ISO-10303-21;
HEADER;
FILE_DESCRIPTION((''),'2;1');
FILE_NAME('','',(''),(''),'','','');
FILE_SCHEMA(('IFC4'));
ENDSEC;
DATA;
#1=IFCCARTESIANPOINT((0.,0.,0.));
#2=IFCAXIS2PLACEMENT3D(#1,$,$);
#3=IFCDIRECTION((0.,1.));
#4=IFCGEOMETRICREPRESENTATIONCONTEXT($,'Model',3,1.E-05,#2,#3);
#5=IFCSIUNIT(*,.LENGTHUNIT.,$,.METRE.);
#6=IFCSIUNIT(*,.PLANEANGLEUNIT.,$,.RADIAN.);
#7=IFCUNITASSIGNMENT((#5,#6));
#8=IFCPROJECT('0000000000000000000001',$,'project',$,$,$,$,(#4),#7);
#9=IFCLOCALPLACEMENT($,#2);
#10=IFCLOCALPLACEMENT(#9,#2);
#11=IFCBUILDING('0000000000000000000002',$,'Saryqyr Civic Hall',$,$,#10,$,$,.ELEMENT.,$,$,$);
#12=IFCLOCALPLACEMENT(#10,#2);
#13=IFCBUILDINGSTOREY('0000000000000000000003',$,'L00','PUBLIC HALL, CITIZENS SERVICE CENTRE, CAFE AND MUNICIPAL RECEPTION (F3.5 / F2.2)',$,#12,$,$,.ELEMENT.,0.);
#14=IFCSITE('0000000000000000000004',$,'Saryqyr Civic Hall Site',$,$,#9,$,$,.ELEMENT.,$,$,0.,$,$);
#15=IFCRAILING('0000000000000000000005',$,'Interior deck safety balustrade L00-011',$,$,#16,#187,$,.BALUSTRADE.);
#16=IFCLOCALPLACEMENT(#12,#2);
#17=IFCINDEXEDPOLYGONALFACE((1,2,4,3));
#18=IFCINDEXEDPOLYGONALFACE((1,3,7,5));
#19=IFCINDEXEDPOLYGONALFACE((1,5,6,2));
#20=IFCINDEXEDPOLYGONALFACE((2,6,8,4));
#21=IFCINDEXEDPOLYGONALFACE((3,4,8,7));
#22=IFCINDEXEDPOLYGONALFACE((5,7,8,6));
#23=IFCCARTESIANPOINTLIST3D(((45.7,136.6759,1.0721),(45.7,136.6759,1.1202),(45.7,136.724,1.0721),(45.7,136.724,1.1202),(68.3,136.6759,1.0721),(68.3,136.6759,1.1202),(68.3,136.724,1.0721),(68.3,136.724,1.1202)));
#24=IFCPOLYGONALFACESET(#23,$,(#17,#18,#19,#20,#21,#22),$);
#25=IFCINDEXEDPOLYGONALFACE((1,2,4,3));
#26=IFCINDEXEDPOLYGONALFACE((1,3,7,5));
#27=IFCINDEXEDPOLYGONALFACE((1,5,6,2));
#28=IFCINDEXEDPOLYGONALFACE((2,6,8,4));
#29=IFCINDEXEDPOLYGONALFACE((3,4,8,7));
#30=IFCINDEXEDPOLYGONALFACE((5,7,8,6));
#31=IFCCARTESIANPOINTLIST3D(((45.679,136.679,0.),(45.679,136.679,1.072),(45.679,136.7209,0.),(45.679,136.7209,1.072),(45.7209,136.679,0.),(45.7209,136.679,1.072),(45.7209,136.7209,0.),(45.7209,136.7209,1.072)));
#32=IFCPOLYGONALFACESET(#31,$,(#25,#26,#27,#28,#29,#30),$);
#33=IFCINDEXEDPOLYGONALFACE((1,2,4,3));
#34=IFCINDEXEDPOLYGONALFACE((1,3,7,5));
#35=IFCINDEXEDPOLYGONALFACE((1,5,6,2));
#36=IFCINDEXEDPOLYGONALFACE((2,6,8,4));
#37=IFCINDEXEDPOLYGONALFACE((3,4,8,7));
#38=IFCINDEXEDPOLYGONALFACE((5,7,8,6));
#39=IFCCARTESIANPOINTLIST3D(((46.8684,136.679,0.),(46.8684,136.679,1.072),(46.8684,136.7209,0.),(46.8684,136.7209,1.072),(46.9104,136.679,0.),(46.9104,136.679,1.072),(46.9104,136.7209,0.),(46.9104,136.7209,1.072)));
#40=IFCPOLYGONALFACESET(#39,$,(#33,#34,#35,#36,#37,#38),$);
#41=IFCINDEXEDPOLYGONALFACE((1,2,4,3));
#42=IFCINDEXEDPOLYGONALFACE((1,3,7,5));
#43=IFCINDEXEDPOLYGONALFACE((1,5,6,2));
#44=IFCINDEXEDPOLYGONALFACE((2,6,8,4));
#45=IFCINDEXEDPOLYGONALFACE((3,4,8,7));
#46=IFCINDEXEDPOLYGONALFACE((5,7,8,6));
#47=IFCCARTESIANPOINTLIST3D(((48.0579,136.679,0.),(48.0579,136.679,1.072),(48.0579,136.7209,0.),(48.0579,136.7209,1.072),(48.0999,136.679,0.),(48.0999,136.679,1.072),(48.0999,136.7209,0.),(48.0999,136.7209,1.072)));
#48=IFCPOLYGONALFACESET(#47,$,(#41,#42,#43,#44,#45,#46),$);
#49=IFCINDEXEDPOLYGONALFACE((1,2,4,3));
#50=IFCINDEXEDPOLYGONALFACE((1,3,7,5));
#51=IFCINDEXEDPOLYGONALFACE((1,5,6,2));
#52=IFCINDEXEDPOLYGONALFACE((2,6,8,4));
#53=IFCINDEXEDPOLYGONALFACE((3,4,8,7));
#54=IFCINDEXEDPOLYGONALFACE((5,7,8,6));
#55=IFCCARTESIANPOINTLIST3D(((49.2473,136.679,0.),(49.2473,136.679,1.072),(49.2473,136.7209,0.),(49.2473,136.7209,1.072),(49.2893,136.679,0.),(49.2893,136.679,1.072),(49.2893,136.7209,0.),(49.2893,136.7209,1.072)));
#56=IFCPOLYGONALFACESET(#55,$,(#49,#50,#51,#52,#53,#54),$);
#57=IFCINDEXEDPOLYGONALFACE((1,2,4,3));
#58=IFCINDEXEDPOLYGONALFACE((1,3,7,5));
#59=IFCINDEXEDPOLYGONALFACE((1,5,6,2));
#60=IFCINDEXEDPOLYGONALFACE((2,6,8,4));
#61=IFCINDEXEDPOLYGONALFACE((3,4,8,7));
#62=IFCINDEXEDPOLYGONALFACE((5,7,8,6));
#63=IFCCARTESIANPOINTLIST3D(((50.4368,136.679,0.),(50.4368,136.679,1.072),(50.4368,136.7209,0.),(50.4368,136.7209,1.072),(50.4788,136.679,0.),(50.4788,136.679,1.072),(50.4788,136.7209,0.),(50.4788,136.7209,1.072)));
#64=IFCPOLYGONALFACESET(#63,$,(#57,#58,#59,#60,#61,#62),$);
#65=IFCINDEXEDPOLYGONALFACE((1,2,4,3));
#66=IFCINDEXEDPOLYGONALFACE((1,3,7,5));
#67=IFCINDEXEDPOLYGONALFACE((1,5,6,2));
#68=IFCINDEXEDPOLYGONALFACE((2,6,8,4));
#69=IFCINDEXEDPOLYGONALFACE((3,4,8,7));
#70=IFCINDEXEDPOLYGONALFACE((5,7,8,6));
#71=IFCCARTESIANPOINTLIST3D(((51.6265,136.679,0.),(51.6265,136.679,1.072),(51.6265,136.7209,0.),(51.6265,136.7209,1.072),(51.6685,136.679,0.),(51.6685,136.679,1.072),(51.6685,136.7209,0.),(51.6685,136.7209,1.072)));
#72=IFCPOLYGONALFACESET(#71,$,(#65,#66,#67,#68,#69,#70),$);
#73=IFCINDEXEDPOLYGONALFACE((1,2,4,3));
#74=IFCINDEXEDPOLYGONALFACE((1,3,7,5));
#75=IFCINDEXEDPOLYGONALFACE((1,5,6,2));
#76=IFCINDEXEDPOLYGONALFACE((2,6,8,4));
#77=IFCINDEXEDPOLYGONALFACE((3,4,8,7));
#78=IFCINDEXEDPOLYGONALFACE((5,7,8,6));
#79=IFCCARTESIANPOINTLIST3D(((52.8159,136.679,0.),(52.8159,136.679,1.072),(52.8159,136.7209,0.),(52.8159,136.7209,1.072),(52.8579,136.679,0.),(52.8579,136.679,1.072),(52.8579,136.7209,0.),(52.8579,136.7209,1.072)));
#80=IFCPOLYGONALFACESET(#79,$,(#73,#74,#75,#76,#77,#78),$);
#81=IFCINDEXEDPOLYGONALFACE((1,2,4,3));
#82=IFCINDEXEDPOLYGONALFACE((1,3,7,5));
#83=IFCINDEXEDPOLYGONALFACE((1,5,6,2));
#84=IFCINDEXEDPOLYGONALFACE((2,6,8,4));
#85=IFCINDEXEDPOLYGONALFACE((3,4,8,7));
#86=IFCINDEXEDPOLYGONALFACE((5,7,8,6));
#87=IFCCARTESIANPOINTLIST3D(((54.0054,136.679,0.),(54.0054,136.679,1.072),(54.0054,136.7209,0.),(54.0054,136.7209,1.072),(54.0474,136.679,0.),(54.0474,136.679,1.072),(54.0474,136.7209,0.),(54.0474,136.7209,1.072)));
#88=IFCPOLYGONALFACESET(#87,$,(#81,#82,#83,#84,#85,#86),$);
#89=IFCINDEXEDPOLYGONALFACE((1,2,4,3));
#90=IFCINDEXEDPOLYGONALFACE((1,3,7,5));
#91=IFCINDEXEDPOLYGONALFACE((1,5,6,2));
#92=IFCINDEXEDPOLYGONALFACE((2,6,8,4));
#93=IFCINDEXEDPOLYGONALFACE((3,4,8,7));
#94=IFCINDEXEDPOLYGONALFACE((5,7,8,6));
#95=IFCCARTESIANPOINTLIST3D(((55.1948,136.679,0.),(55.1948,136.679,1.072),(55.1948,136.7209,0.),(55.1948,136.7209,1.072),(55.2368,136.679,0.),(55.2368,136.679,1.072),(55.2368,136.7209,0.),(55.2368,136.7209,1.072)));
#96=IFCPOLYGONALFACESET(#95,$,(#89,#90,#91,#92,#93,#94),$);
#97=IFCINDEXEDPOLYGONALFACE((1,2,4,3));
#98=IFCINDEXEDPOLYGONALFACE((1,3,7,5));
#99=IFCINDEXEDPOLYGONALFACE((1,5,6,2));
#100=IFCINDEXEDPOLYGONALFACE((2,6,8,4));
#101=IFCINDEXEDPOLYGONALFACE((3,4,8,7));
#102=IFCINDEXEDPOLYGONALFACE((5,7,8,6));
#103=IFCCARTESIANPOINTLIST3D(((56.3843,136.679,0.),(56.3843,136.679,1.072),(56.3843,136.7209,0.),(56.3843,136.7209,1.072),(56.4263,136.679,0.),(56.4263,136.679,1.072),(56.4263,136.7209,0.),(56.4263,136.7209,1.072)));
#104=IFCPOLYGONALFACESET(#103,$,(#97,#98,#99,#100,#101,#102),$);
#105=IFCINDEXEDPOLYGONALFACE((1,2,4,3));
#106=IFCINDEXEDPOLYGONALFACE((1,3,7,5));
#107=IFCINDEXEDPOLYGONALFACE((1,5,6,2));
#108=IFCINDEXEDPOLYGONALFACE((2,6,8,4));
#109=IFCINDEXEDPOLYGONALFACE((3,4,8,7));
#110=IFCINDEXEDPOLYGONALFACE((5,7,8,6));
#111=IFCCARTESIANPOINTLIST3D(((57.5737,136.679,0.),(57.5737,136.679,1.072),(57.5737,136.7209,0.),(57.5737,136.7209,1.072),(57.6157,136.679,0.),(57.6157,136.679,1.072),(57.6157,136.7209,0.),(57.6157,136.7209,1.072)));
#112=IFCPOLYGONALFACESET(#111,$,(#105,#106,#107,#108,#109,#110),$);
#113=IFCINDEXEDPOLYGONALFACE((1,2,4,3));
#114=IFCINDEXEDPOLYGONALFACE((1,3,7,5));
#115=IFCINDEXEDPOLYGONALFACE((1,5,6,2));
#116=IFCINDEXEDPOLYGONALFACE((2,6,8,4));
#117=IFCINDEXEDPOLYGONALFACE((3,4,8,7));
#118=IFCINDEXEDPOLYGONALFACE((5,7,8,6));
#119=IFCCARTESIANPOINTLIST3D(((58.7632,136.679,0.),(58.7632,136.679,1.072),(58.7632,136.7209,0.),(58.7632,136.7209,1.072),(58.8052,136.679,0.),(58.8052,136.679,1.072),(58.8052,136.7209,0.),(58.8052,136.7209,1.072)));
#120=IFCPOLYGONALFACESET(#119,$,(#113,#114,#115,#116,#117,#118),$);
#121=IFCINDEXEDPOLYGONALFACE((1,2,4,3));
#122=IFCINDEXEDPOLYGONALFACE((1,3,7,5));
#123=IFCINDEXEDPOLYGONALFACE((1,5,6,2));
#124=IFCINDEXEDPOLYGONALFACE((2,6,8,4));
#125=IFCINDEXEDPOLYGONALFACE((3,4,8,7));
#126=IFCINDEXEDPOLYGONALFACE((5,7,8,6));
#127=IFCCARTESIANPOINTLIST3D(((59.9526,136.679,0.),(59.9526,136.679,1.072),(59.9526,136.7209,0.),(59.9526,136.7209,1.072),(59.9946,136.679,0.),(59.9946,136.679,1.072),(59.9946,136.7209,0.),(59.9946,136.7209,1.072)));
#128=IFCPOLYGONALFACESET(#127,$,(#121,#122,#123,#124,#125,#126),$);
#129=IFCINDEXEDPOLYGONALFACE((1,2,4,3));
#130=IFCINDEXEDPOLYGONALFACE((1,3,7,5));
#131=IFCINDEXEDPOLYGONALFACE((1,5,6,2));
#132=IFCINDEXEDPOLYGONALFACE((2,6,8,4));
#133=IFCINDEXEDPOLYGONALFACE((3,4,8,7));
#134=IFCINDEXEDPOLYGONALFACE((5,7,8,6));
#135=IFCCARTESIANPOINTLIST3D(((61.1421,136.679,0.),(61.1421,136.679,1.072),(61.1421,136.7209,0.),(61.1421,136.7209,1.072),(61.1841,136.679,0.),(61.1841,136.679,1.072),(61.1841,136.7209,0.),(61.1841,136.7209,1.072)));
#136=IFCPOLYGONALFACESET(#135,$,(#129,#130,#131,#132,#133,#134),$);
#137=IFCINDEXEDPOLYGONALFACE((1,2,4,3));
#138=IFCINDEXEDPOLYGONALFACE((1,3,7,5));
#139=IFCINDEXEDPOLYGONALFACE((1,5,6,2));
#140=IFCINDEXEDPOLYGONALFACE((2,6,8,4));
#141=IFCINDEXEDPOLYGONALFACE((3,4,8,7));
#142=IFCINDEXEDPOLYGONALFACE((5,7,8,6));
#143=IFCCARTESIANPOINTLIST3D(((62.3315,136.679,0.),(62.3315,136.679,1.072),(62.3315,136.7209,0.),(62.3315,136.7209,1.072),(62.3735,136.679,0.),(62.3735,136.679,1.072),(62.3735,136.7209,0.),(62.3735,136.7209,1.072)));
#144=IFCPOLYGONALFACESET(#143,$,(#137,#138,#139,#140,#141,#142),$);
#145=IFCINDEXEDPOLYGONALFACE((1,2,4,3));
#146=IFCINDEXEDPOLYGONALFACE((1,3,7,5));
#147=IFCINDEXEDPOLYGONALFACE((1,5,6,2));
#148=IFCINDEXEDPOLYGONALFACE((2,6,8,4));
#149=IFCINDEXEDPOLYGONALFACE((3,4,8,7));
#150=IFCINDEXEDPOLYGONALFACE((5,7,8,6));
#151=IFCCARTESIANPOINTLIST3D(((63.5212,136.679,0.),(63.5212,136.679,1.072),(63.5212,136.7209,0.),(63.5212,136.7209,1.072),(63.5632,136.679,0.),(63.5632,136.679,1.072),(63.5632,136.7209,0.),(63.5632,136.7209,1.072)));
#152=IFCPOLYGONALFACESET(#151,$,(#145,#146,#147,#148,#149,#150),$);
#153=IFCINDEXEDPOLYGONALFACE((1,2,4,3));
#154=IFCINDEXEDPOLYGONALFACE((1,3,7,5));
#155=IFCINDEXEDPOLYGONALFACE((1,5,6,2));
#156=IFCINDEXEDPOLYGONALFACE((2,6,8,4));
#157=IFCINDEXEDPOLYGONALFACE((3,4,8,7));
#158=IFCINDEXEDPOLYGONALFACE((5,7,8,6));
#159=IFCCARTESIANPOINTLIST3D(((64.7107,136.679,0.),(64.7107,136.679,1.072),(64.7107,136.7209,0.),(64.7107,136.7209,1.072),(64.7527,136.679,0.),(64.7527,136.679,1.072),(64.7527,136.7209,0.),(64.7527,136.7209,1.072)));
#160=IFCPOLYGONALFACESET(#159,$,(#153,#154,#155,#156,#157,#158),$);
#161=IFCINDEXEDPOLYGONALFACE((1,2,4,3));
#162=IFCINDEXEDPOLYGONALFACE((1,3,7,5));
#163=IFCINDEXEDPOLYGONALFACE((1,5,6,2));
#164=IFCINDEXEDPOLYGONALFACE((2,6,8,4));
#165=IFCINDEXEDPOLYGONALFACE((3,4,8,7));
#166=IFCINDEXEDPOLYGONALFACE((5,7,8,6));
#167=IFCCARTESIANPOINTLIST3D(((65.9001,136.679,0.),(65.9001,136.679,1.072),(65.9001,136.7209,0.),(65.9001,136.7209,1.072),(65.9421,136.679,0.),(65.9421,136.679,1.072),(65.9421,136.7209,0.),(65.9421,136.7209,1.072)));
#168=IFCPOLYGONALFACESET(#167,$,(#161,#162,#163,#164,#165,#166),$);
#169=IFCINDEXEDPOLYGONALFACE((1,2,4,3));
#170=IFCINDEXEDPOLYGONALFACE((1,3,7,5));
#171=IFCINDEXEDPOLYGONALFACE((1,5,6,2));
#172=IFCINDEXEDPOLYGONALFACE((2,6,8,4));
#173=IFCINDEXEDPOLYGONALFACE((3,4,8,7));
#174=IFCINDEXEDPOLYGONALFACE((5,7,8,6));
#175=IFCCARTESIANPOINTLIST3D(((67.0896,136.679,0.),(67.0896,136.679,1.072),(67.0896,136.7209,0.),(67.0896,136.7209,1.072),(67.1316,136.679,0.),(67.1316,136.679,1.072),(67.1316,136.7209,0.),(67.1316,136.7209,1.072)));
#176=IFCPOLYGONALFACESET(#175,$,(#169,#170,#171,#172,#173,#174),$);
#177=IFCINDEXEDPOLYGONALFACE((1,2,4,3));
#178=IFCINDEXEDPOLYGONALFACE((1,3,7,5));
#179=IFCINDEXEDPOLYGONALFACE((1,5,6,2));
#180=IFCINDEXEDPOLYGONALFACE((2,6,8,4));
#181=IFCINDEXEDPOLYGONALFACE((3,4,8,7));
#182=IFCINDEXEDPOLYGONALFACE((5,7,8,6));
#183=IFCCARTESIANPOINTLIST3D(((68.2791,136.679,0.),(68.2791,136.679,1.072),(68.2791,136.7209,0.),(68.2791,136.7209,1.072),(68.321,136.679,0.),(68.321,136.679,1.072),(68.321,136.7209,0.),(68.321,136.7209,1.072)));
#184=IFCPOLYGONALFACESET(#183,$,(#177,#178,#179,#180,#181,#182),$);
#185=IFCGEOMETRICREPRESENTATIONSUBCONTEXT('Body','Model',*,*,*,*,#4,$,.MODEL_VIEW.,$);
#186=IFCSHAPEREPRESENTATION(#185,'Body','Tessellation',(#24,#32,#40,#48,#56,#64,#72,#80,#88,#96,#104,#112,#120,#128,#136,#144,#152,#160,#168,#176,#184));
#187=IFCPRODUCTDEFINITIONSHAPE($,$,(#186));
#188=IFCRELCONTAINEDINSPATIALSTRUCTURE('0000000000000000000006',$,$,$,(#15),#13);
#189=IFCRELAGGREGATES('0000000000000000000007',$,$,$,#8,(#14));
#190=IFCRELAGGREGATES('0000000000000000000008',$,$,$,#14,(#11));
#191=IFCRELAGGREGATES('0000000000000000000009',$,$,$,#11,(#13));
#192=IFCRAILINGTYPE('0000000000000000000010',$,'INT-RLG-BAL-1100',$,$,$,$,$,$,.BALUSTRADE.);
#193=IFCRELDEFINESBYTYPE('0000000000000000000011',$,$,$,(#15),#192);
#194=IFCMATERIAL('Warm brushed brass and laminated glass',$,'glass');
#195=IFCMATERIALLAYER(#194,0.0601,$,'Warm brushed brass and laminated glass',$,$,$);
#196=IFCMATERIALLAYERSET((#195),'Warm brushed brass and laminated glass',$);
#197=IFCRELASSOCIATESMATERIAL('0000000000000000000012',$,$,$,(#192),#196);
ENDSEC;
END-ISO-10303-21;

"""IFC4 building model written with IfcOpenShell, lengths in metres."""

from ifc_helpers import new_model, si_unit, direction, frame, origin, origin_2d, place, context, subcontext, project, spatial, rectangle, extrude, material, layer, layer_set, type_object, element, save


model = new_model("IFC4")

# Units and contexts
model_context = context("Model", 3, precision=1e-05, world=origin(), true_north=direction((0.0, 1.0)))
body_context = subcontext(model_context, "Body", "Model", "MODEL_VIEW")
ifc_project = project(units=[si_unit("LENGTHUNIT", "METRE"), si_unit("PLANEANGLEUNIT", "RADIAN")], contexts=[model_context])

# Site, building, storey
site_placement = place(None, origin())
site = spatial("IfcSite", under=ifc_project, at=site_placement, Name="Saryqyr Civic Hall Site", CompositionType="ELEMENT", RefElevation=0.0)
building_placement = place(site_placement, origin())
building = spatial("IfcBuilding", under=site, at=building_placement, Name="Saryqyr Civic Hall", CompositionType="ELEMENT")
storey_placement = place(building_placement, origin())
storey = spatial("IfcBuildingStorey", under=building, at=storey_placement, Name="L00", Description="PUBLIC HALL, CITIZENS SERVICE CENTRE, CAFE AND MUNICIPAL RECEPTION (F3.5 / F2.2)", CompositionType="ELEMENT", Elevation=0.0)

# Railing
ifc_material_1 = material(Name="Warm brushed brass and laminated glass", Category="glass")
ifc_layer_1 = layer(ifc_material_1, 0.0601, Name="Warm brushed brass and laminated glass")
ifc_layer_set_1 = layer_set([ifc_layer_1], Name="Warm brushed brass and laminated glass")
railing_type = type_object("IfcRailingType", Name="INT-RLG-BAL-1100", PredefinedType="BALUSTRADE", material=ifc_layer_set_1)
railing_1_placement = place(storey_placement, frame((45.7, 136.7, 0.0)))
element("IfcRailing", 1, at=railing_1_placement, inside=storey, type_object=railing_type, Name="Interior deck safety balustrade L00-011", PredefinedType="BALUSTRADE", context=body_context, shape_type="SweptSolid", body=[
    extrude(rectangle(XDim=0.0481, YDim=0.0481, at=origin_2d()), frame((0.0, 0.0, 1.0962), z_axis=(1.0, 0.0, 0.0), x_axis=(0.0, 1.0, 0.0)), (0.0, 0.0, 1.0), 22.6001),
    extrude(rectangle(XDim=0.042, YDim=0.042, at=origin_2d()), origin(), (0.0, 0.0, 1.0), 1.072),
    extrude(rectangle(XDim=0.042, YDim=0.042, at=origin_2d()), frame((1.1895, 0.0, 0.0)), (0.0, 0.0, 1.0), 1.072),
    extrude(rectangle(XDim=0.042, YDim=0.042, at=origin_2d()), frame((2.3789, 0.0, 0.0)), (0.0, 0.0, 1.0), 1.072),
    extrude(rectangle(XDim=0.042, YDim=0.042, at=origin_2d()), frame((3.5684, 0.0, 0.0)), (0.0, 0.0, 1.0), 1.072),
    extrude(rectangle(XDim=0.042, YDim=0.042, at=origin_2d()), frame((4.7578, 0.0, 0.0)), (0.0, 0.0, 1.0), 1.072),
    extrude(rectangle(XDim=0.042, YDim=0.042, at=origin_2d()), frame((5.9475, 0.0, 0.0)), (0.0, 0.0, 1.0), 1.072),
    extrude(rectangle(XDim=0.042, YDim=0.042, at=origin_2d()), frame((7.137, 0.0, 0.0)), (0.0, 0.0, 1.0), 1.072),
    extrude(rectangle(XDim=0.042, YDim=0.042, at=origin_2d()), frame((8.3264, 0.0, 0.0)), (0.0, 0.0, 1.0), 1.072),
    extrude(rectangle(XDim=0.042, YDim=0.042, at=origin_2d()), frame((9.5159, 0.0, 0.0)), (0.0, 0.0, 1.0), 1.072),
    extrude(rectangle(XDim=0.042, YDim=0.042, at=origin_2d()), frame((10.7053, 0.0, 0.0)), (0.0, 0.0, 1.0), 1.072),
    extrude(rectangle(XDim=0.042, YDim=0.042, at=origin_2d()), frame((11.8948, 0.0, 0.0)), (0.0, 0.0, 1.0), 1.072),
    extrude(rectangle(XDim=0.042, YDim=0.042, at=origin_2d()), frame((13.0842, 0.0, 0.0)), (0.0, 0.0, 1.0), 1.072),
    extrude(rectangle(XDim=0.042, YDim=0.042, at=origin_2d()), frame((14.2737, 0.0, 0.0)), (0.0, 0.0, 1.0), 1.072),
    extrude(rectangle(XDim=0.042, YDim=0.042, at=origin_2d()), frame((15.4631, 0.0, 0.0)), (0.0, 0.0, 1.0), 1.072),
    extrude(rectangle(XDim=0.042, YDim=0.042, at=origin_2d()), frame((16.6526, 0.0, 0.0)), (0.0, 0.0, 1.0), 1.072),
    extrude(rectangle(XDim=0.042, YDim=0.042, at=origin_2d()), frame((17.8423, 0.0, 0.0)), (0.0, 0.0, 1.0), 1.072),
    extrude(rectangle(XDim=0.042, YDim=0.042, at=origin_2d()), frame((19.0317, 0.0, 0.0)), (0.0, 0.0, 1.0), 1.072),
    extrude(rectangle(XDim=0.042, YDim=0.042, at=origin_2d()), frame((20.2212, 0.0, 0.0)), (0.0, 0.0, 1.0), 1.072),
    extrude(rectangle(XDim=0.042, YDim=0.042, at=origin_2d()), frame((21.4106, 0.0, 0.0)), (0.0, 0.0, 1.0), 1.072),
    extrude(rectangle(XDim=0.042, YDim=0.042, at=origin_2d()), frame((22.6001, 0.0, 0.0)), (0.0, 0.0, 1.0), 1.072),
])

save(model, "model.ifc")
